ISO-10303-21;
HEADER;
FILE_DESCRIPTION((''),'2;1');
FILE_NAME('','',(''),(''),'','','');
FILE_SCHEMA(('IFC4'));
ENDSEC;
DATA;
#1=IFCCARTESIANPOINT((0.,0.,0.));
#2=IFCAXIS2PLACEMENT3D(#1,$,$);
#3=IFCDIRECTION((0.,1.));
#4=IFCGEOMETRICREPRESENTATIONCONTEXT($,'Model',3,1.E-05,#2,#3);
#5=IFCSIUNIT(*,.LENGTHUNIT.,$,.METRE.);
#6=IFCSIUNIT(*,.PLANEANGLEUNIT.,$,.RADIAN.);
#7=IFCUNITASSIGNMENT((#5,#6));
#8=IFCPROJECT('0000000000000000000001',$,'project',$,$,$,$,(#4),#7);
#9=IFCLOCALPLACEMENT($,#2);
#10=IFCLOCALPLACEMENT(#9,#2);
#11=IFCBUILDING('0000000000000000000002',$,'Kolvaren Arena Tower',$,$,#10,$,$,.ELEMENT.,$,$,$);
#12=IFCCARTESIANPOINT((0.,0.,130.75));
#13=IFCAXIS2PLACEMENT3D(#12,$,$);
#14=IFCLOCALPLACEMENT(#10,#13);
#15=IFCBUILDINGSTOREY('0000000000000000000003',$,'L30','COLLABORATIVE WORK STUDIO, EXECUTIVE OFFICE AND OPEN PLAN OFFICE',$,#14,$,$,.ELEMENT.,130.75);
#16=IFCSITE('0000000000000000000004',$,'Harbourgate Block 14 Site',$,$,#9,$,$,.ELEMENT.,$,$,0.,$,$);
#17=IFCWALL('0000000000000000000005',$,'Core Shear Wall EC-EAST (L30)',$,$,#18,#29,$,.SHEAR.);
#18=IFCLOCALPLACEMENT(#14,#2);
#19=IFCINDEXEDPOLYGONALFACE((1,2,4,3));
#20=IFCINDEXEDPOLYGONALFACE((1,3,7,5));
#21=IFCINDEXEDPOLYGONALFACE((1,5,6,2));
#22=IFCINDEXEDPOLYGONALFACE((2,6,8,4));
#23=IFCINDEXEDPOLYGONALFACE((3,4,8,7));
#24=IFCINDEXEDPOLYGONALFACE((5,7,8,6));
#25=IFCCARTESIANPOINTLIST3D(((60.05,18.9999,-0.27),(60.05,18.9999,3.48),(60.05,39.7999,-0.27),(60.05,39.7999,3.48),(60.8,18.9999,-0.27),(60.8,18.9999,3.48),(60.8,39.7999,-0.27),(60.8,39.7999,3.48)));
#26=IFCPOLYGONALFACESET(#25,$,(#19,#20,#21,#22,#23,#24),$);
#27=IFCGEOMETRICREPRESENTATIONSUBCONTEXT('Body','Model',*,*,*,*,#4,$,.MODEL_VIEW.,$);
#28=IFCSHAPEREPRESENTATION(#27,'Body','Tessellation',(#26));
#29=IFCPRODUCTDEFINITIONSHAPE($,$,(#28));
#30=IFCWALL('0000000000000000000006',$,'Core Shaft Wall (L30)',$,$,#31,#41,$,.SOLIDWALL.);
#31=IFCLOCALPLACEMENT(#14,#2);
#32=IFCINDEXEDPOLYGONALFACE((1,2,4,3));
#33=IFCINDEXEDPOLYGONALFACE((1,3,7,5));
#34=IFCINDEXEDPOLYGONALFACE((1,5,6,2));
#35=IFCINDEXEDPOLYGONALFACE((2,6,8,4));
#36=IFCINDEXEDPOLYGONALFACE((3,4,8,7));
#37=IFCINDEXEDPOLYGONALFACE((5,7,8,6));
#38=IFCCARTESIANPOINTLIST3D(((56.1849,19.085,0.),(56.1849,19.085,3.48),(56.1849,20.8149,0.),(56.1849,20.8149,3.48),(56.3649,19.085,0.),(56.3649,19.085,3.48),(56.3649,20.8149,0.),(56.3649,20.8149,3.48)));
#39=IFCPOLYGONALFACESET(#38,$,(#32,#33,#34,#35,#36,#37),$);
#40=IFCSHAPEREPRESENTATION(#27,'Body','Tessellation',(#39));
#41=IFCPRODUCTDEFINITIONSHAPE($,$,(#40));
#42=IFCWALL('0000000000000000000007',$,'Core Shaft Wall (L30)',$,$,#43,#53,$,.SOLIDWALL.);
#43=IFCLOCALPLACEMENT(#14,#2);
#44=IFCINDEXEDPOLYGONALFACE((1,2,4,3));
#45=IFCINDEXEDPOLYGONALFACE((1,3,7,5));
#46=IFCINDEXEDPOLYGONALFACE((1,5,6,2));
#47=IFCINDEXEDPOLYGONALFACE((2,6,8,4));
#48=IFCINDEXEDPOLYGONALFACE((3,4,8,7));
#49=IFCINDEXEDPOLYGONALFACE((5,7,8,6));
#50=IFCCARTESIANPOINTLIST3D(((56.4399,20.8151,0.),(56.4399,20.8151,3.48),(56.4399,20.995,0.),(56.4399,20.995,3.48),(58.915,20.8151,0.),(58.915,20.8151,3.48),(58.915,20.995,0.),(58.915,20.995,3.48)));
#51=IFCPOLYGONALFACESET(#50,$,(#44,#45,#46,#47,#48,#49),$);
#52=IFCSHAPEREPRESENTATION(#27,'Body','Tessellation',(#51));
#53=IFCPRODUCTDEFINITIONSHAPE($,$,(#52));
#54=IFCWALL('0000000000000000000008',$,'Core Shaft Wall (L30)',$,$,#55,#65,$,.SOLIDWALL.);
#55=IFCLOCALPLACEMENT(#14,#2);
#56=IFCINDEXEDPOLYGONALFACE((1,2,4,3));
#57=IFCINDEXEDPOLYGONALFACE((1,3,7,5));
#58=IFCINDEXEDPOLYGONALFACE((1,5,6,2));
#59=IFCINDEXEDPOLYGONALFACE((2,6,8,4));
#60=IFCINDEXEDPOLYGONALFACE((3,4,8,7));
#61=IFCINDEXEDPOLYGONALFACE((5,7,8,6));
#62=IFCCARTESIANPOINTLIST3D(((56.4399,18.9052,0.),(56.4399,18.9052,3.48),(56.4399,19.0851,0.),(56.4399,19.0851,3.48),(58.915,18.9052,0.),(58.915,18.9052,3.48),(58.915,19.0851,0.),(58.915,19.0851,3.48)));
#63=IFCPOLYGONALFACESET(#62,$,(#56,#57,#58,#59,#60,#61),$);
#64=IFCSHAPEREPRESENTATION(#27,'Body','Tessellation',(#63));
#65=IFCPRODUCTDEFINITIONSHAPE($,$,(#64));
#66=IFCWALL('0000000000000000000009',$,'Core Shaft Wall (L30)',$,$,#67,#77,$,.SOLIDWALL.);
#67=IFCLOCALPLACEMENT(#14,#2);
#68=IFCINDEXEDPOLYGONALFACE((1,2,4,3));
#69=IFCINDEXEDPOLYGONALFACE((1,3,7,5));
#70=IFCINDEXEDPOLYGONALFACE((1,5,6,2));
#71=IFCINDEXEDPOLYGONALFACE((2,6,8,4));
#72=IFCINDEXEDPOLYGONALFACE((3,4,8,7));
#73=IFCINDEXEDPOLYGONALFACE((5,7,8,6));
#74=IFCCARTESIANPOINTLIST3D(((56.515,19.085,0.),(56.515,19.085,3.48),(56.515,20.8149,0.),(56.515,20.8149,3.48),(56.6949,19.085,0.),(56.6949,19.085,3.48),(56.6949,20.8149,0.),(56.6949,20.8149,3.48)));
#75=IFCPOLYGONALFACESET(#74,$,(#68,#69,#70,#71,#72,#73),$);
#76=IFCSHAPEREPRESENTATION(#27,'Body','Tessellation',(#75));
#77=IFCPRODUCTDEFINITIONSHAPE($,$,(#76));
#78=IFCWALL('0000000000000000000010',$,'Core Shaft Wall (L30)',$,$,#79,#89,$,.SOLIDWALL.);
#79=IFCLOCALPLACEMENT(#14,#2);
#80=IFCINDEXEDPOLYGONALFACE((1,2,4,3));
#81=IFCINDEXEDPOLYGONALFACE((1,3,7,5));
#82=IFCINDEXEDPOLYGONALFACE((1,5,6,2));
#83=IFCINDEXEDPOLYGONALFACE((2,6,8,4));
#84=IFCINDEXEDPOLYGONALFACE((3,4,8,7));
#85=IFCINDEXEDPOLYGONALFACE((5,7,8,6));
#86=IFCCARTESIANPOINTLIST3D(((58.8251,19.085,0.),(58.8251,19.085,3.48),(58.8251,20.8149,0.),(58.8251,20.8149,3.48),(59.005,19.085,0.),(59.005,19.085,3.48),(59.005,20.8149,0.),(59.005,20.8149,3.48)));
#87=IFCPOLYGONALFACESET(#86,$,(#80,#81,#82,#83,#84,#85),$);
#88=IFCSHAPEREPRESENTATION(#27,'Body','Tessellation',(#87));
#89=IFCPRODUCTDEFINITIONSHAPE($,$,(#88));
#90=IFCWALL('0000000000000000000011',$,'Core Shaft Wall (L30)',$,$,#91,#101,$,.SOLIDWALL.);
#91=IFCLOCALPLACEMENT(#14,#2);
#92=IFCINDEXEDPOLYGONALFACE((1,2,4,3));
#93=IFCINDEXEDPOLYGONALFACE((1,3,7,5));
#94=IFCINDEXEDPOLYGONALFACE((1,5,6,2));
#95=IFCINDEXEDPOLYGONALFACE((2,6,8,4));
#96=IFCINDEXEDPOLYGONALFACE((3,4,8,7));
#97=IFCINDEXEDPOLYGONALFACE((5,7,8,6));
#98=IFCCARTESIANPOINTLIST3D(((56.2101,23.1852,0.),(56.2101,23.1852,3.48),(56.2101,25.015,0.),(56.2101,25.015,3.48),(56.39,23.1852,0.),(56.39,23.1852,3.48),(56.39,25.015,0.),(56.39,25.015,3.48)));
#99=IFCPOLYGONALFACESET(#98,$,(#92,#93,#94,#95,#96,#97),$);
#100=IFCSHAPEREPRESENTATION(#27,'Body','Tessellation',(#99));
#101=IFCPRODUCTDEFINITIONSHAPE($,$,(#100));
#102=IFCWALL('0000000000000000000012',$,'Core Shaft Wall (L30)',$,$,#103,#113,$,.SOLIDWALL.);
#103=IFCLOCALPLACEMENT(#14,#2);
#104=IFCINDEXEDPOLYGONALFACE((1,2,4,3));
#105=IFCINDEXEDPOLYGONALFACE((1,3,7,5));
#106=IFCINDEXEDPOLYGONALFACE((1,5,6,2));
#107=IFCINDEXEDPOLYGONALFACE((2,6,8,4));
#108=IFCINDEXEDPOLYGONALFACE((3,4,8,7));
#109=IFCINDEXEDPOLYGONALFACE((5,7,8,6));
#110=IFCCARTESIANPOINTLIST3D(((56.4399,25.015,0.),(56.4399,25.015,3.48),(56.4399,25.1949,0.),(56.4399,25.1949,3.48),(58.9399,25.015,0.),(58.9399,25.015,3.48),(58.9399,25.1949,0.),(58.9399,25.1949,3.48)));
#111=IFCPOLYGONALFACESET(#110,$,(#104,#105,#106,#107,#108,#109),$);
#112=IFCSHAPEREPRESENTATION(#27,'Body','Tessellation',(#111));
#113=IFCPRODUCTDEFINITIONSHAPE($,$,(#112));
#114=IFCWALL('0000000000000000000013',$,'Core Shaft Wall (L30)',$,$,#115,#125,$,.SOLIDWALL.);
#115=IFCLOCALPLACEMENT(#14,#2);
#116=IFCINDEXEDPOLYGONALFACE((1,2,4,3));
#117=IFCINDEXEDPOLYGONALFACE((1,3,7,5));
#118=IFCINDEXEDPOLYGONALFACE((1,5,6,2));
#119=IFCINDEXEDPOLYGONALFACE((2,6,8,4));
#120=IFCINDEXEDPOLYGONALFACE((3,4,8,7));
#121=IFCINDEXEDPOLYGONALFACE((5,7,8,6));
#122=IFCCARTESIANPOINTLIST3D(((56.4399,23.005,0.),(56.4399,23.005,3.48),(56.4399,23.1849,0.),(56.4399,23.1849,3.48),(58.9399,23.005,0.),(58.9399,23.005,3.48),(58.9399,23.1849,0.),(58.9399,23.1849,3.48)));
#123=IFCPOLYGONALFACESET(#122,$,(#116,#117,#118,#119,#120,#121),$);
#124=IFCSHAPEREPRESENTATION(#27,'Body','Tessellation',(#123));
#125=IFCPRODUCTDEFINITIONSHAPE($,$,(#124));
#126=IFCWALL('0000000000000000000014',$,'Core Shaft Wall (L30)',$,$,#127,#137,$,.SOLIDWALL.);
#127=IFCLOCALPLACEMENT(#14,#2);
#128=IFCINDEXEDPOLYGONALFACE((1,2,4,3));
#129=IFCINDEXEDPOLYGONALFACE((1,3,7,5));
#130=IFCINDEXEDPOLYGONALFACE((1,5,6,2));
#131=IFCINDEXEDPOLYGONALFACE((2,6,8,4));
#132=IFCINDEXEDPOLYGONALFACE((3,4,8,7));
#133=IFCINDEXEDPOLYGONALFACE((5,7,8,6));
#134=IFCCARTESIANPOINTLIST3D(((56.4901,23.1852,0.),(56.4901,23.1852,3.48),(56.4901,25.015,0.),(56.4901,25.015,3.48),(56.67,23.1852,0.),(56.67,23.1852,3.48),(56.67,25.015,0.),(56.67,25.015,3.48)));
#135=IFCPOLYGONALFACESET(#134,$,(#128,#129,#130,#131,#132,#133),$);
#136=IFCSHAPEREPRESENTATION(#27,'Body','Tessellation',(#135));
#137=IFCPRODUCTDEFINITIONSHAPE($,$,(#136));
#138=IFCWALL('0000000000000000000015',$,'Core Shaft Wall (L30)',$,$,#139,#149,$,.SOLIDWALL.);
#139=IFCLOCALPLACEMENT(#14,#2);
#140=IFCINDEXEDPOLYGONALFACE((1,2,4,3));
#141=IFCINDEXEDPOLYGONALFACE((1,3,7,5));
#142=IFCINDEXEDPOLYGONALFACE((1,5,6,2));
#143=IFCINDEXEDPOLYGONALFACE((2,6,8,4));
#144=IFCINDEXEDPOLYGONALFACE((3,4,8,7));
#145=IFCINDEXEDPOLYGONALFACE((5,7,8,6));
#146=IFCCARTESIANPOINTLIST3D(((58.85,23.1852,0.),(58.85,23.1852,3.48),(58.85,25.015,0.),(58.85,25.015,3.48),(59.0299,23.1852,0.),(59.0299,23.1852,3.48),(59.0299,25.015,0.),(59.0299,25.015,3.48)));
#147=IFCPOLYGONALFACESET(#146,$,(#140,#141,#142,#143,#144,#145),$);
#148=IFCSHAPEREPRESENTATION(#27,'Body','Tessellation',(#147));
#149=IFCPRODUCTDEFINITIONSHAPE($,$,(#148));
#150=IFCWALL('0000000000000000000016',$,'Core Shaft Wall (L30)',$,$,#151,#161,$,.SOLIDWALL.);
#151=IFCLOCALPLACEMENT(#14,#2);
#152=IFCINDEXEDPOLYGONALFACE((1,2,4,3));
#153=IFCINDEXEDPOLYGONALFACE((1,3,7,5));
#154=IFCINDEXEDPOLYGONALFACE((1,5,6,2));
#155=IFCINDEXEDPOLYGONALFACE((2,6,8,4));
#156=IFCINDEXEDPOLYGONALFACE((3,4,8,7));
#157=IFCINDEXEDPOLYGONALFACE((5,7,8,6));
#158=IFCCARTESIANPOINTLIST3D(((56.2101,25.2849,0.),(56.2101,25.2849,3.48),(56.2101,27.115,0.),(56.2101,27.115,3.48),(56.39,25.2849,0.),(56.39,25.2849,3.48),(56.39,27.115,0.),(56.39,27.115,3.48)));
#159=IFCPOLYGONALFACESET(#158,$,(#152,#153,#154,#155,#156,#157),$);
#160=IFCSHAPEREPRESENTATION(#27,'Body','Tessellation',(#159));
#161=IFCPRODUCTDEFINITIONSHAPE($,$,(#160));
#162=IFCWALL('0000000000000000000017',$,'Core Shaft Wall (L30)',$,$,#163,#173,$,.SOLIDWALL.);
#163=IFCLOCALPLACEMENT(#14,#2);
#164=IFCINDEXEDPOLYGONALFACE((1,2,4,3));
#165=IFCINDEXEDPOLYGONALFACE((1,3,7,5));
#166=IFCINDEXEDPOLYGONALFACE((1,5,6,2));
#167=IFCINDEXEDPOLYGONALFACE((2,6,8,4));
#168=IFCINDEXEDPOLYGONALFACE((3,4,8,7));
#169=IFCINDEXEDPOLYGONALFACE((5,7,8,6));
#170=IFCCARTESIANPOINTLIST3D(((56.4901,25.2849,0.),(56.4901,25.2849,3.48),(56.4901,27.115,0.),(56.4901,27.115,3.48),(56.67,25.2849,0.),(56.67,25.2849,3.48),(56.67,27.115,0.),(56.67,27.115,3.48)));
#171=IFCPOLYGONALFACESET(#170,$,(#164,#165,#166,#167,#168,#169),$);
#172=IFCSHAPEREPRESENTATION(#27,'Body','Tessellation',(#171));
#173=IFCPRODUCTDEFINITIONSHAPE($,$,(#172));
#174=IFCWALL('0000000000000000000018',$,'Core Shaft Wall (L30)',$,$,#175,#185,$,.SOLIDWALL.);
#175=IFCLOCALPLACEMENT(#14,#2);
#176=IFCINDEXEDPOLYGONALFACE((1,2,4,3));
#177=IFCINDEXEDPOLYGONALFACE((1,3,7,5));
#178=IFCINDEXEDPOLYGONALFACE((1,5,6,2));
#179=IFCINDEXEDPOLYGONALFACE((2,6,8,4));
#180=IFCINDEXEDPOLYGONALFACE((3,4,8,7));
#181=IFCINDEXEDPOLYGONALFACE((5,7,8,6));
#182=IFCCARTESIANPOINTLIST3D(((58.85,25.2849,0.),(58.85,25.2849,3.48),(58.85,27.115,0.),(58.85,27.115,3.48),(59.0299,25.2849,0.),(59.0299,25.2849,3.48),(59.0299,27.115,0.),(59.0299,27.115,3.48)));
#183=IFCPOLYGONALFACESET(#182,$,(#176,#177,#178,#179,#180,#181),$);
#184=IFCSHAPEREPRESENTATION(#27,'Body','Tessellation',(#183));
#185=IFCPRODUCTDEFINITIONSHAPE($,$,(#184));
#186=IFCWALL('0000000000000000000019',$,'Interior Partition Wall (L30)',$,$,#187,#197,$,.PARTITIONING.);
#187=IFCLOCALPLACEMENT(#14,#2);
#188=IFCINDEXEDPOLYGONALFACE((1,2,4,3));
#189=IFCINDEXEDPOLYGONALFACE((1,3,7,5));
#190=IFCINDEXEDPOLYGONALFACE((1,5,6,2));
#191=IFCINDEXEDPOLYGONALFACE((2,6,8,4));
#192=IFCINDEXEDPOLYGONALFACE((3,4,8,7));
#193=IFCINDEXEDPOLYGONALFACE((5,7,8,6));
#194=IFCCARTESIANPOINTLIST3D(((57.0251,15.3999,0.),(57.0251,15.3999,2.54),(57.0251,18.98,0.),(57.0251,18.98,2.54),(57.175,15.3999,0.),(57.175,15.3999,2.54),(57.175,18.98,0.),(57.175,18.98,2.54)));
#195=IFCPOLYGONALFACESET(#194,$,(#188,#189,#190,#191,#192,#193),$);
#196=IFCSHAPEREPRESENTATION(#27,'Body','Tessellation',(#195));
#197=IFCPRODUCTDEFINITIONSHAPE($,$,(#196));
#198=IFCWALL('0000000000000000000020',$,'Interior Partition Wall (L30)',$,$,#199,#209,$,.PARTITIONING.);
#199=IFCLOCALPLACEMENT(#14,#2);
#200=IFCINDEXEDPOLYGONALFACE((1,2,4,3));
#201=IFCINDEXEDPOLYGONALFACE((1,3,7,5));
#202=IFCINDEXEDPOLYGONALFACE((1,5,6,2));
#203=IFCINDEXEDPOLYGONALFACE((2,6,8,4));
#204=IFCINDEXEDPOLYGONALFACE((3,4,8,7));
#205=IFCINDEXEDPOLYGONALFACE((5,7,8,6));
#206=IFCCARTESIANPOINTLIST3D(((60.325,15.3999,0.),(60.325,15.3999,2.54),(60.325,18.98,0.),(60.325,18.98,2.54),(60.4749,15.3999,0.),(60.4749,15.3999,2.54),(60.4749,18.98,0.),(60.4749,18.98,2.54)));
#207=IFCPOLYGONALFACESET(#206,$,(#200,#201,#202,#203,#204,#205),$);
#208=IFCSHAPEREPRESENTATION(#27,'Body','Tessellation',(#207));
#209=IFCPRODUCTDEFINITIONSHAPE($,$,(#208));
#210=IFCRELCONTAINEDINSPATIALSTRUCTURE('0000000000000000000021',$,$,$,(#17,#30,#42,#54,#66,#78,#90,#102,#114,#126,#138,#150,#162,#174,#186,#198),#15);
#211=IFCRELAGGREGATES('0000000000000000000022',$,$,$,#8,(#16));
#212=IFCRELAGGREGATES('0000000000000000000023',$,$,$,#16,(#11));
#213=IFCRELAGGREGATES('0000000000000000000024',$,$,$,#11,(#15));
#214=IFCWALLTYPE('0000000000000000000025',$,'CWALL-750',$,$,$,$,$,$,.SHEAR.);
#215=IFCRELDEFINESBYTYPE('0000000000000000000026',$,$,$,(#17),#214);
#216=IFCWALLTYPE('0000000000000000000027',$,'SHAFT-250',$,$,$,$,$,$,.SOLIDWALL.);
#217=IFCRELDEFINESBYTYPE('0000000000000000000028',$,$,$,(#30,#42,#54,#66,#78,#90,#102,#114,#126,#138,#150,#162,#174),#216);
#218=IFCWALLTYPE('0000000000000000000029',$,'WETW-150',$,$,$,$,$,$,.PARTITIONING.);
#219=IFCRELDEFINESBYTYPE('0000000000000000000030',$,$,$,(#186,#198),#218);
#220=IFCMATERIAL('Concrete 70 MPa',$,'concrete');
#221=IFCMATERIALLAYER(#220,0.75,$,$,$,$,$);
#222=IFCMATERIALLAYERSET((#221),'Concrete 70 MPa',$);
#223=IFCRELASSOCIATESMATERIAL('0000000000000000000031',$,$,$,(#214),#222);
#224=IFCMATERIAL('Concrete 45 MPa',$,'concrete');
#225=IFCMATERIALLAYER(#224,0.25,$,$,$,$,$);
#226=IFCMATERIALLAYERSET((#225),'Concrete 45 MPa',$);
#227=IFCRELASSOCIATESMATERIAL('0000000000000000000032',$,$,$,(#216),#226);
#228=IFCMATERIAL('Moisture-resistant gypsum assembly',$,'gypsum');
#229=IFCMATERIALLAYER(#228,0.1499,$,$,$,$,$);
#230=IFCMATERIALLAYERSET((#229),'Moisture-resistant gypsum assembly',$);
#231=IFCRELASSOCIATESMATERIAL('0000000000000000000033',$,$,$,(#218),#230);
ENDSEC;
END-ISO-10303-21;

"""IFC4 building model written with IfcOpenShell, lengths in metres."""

from ifc_helpers import new_model, si_unit, direction, frame, frame_2d, origin, place, context, subcontext, project, spatial, rectangle, extrude, material, layer, layer_set, type_object, element, save


model = new_model("IFC4")

# Units and contexts
model_context = context("Model", 3, precision=1e-05, world=origin(), true_north=direction((0.0, 1.0)))
body_context = subcontext(model_context, "Body", "Model", "MODEL_VIEW")
ifc_project = project(units=[si_unit("LENGTHUNIT", "METRE"), si_unit("PLANEANGLEUNIT", "RADIAN")], contexts=[model_context])

# Site, building, storey
site_placement = place(None, origin())
site = spatial("IfcSite", under=ifc_project, at=site_placement, Name="Harbourgate Block 14 Site", CompositionType="ELEMENT", RefElevation=0.0)
building_placement = place(site_placement, origin())
building = spatial("IfcBuilding", under=site, at=building_placement, Name="Kolvaren Arena Tower", CompositionType="ELEMENT")
storey_placement = place(building_placement, frame((0.0, 0.0, 130.75)))
storey = spatial("IfcBuildingStorey", under=building, at=storey_placement, Name="L30", Description="COLLABORATIVE WORK STUDIO, EXECUTIVE OFFICE AND OPEN PLAN OFFICE", CompositionType="ELEMENT", Elevation=130.75)

# Walls
ifc_material_1 = material(Name="Concrete 70 MPa", Category="concrete")
ifc_layer_1 = layer(ifc_material_1, 0.75)
ifc_layer_set_1 = layer_set([ifc_layer_1], Name="Concrete 70 MPa")
wall_type_1 = type_object("IfcWallType", Name="CWALL-750", PredefinedType="SHEAR", material=ifc_layer_set_1)
wall_1_placement = place(storey_placement, frame((60.425, 19.0, -0.27), z_axis=(0.0, 0.0, 1.0), x_axis=(0.0, 1.0, 0.0)))
element("IfcWall", 1, at=wall_1_placement, inside=storey, type_object=wall_type_1, Name="Core Shear Wall EC-EAST (L30)", PredefinedType="SHEAR", context=body_context, shape_type="SweptSolid", body=[
    extrude(rectangle(XDim=20.8, YDim=0.75, at=frame_2d((10.3999, 0.0))), origin(), (0.0, 0.0, 1.0), 3.75),
])
ifc_material_2 = material(Name="Concrete 45 MPa", Category="concrete")
ifc_layer_2 = layer(ifc_material_2, 0.25)
ifc_layer_set_2 = layer_set([ifc_layer_2], Name="Concrete 45 MPa")
wall_type_2 = type_object("IfcWallType", Name="SHAFT-250", PredefinedType="SOLIDWALL", material=ifc_layer_set_2)
wall_2_placement = place(storey_placement, frame((56.2749, 19.085, 0.0), z_axis=(0.0, 0.0, 1.0), x_axis=(0.0, 1.0, 0.0)))
element("IfcWall", 2, at=wall_2_placement, inside=storey, type_object=wall_type_2, Name="Core Shaft Wall (L30)", PredefinedType="SOLIDWALL", context=body_context, shape_type="SweptSolid", body=[
    extrude(rectangle(XDim=1.73, YDim=0.1799, at=frame_2d((0.865, 0.0))), origin(), (0.0, 0.0, 1.0), 3.48),
])
for number, where, z_axis, x_axis, name in (
    (3, (56.4399, 20.905, 0.0), (0.0, 0.0, 1.0), (1.0, 0.0, 0.0), "Core Shaft Wall (L30)"),
    (4, (56.4399, 18.9951, 0.0), (0.0, 0.0, 1.0), (1.0, 0.0, 0.0), "Core Shaft Wall (L30)"),
):
    element("IfcWall", number, at=place(storey_placement, frame(where, z_axis=z_axis, x_axis=x_axis)), inside=storey, type_object=wall_type_2, Name=name, PredefinedType="SOLIDWALL", context=body_context, shape_type="SweptSolid", body=[
        extrude(rectangle(XDim=2.4751, YDim=0.1799, at=frame_2d((1.2375, 0.0))), origin(), (0.0, 0.0, 1.0), 3.48),
    ])
for number, where, z_axis, x_axis, name in (
    (5, (56.605, 19.085, 0.0), (0.0, 0.0, 1.0), (0.0, 1.0, 0.0), "Core Shaft Wall (L30)"),
    (6, (58.915, 19.085, 0.0), (0.0, 0.0, 1.0), (0.0, 1.0, 0.0), "Core Shaft Wall (L30)"),
):
    element("IfcWall", number, at=place(storey_placement, frame(where, z_axis=z_axis, x_axis=x_axis)), inside=storey, type_object=wall_type_2, Name=name, PredefinedType="SOLIDWALL", context=body_context, shape_type="SweptSolid", body=[
        extrude(rectangle(XDim=1.73, YDim=0.1799, at=frame_2d((0.865, 0.0))), origin(), (0.0, 0.0, 1.0), 3.48),
    ])
wall_3_placement = place(storey_placement, frame((56.3, 23.1851, 0.0), z_axis=(0.0, 0.0, 1.0), x_axis=(0.0, 1.0, 0.0)))
element("IfcWall", 7, at=wall_3_placement, inside=storey, type_object=wall_type_2, Name="Core Shaft Wall (L30)", PredefinedType="SOLIDWALL", context=body_context, shape_type="SweptSolid", body=[
    extrude(rectangle(XDim=1.8298, YDim=0.1799, at=frame_2d((0.915, 0.0))), origin(), (0.0, 0.0, 1.0), 3.48),
])
for number, where, z_axis, x_axis, name in (
    (8, (56.4399, 25.105, 0.0), (0.0, 0.0, 1.0), (1.0, 0.0, 0.0), "Core Shaft Wall (L30)"),
    (9, (56.4399, 23.095, 0.0), (0.0, 0.0, 1.0), (1.0, 0.0, 0.0), "Core Shaft Wall (L30)"),
):
    element("IfcWall", number, at=place(storey_placement, frame(where, z_axis=z_axis, x_axis=x_axis)), inside=storey, type_object=wall_type_2, Name=name, PredefinedType="SOLIDWALL", context=body_context, shape_type="SweptSolid", body=[
        extrude(rectangle(XDim=2.5, YDim=0.1799, at=frame_2d((1.25, 0.0))), origin(), (0.0, 0.0, 1.0), 3.48),
    ])
for number, where, z_axis, x_axis, name in (
    (10, (56.5801, 23.1851, 0.0), (0.0, 0.0, 1.0), (0.0, 1.0, 0.0), "Core Shaft Wall (L30)"),
    (11, (58.9399, 23.1851, 0.0), (0.0, 0.0, 1.0), (0.0, 1.0, 0.0), "Core Shaft Wall (L30)"),
):
    element("IfcWall", number, at=place(storey_placement, frame(where, z_axis=z_axis, x_axis=x_axis)), inside=storey, type_object=wall_type_2, Name=name, PredefinedType="SOLIDWALL", context=body_context, shape_type="SweptSolid", body=[
        extrude(rectangle(XDim=1.8298, YDim=0.1799, at=frame_2d((0.915, 0.0))), origin(), (0.0, 0.0, 1.0), 3.48),
    ])
for number, where, z_axis, x_axis, name in (
    (12, (56.3, 25.2849, 0.0), (0.0, 0.0, 1.0), (0.0, 1.0, 0.0), "Core Shaft Wall (L30)"),
    (13, (56.5801, 25.2849, 0.0), (0.0, 0.0, 1.0), (0.0, 1.0, 0.0), "Core Shaft Wall (L30)"),
    (14, (58.9399, 25.2849, 0.0), (0.0, 0.0, 1.0), (0.0, 1.0, 0.0), "Core Shaft Wall (L30)"),
):
    element("IfcWall", number, at=place(storey_placement, frame(where, z_axis=z_axis, x_axis=x_axis)), inside=storey, type_object=wall_type_2, Name=name, PredefinedType="SOLIDWALL", context=body_context, shape_type="SweptSolid", body=[
        extrude(rectangle(XDim=1.8301, YDim=0.1799, at=frame_2d((0.915, 0.0))), origin(), (0.0, 0.0, 1.0), 3.48),
    ])
ifc_material_3 = material(Name="Moisture-resistant gypsum assembly", Category="gypsum")
ifc_layer_3 = layer(ifc_material_3, 0.1499)
ifc_layer_set_3 = layer_set([ifc_layer_3], Name="Moisture-resistant gypsum assembly")
wall_type_3 = type_object("IfcWallType", Name="WETW-150", PredefinedType="PARTITIONING", material=ifc_layer_set_3)
for number, where, z_axis, x_axis, name in (
    (15, (57.1001, 15.3999, 0.0), (0.0, 0.0, 1.0), (0.0, 1.0, 0.0), "Interior Partition Wall (L30)"),
    (16, (60.3999, 15.3999, 0.0), (0.0, 0.0, 1.0), (0.0, 1.0, 0.0), "Interior Partition Wall (L30)"),
):
    element("IfcWall", number, at=place(storey_placement, frame(where, z_axis=z_axis, x_axis=x_axis)), inside=storey, type_object=wall_type_3, Name=name, PredefinedType="PARTITIONING", context=body_context, shape_type="SweptSolid", body=[
        extrude(rectangle(XDim=3.5801, YDim=0.1499, at=frame_2d((1.79, 0.0))), origin(), (0.0, 0.0, 1.0), 2.54),
    ])

save(model, "model.ifc")
